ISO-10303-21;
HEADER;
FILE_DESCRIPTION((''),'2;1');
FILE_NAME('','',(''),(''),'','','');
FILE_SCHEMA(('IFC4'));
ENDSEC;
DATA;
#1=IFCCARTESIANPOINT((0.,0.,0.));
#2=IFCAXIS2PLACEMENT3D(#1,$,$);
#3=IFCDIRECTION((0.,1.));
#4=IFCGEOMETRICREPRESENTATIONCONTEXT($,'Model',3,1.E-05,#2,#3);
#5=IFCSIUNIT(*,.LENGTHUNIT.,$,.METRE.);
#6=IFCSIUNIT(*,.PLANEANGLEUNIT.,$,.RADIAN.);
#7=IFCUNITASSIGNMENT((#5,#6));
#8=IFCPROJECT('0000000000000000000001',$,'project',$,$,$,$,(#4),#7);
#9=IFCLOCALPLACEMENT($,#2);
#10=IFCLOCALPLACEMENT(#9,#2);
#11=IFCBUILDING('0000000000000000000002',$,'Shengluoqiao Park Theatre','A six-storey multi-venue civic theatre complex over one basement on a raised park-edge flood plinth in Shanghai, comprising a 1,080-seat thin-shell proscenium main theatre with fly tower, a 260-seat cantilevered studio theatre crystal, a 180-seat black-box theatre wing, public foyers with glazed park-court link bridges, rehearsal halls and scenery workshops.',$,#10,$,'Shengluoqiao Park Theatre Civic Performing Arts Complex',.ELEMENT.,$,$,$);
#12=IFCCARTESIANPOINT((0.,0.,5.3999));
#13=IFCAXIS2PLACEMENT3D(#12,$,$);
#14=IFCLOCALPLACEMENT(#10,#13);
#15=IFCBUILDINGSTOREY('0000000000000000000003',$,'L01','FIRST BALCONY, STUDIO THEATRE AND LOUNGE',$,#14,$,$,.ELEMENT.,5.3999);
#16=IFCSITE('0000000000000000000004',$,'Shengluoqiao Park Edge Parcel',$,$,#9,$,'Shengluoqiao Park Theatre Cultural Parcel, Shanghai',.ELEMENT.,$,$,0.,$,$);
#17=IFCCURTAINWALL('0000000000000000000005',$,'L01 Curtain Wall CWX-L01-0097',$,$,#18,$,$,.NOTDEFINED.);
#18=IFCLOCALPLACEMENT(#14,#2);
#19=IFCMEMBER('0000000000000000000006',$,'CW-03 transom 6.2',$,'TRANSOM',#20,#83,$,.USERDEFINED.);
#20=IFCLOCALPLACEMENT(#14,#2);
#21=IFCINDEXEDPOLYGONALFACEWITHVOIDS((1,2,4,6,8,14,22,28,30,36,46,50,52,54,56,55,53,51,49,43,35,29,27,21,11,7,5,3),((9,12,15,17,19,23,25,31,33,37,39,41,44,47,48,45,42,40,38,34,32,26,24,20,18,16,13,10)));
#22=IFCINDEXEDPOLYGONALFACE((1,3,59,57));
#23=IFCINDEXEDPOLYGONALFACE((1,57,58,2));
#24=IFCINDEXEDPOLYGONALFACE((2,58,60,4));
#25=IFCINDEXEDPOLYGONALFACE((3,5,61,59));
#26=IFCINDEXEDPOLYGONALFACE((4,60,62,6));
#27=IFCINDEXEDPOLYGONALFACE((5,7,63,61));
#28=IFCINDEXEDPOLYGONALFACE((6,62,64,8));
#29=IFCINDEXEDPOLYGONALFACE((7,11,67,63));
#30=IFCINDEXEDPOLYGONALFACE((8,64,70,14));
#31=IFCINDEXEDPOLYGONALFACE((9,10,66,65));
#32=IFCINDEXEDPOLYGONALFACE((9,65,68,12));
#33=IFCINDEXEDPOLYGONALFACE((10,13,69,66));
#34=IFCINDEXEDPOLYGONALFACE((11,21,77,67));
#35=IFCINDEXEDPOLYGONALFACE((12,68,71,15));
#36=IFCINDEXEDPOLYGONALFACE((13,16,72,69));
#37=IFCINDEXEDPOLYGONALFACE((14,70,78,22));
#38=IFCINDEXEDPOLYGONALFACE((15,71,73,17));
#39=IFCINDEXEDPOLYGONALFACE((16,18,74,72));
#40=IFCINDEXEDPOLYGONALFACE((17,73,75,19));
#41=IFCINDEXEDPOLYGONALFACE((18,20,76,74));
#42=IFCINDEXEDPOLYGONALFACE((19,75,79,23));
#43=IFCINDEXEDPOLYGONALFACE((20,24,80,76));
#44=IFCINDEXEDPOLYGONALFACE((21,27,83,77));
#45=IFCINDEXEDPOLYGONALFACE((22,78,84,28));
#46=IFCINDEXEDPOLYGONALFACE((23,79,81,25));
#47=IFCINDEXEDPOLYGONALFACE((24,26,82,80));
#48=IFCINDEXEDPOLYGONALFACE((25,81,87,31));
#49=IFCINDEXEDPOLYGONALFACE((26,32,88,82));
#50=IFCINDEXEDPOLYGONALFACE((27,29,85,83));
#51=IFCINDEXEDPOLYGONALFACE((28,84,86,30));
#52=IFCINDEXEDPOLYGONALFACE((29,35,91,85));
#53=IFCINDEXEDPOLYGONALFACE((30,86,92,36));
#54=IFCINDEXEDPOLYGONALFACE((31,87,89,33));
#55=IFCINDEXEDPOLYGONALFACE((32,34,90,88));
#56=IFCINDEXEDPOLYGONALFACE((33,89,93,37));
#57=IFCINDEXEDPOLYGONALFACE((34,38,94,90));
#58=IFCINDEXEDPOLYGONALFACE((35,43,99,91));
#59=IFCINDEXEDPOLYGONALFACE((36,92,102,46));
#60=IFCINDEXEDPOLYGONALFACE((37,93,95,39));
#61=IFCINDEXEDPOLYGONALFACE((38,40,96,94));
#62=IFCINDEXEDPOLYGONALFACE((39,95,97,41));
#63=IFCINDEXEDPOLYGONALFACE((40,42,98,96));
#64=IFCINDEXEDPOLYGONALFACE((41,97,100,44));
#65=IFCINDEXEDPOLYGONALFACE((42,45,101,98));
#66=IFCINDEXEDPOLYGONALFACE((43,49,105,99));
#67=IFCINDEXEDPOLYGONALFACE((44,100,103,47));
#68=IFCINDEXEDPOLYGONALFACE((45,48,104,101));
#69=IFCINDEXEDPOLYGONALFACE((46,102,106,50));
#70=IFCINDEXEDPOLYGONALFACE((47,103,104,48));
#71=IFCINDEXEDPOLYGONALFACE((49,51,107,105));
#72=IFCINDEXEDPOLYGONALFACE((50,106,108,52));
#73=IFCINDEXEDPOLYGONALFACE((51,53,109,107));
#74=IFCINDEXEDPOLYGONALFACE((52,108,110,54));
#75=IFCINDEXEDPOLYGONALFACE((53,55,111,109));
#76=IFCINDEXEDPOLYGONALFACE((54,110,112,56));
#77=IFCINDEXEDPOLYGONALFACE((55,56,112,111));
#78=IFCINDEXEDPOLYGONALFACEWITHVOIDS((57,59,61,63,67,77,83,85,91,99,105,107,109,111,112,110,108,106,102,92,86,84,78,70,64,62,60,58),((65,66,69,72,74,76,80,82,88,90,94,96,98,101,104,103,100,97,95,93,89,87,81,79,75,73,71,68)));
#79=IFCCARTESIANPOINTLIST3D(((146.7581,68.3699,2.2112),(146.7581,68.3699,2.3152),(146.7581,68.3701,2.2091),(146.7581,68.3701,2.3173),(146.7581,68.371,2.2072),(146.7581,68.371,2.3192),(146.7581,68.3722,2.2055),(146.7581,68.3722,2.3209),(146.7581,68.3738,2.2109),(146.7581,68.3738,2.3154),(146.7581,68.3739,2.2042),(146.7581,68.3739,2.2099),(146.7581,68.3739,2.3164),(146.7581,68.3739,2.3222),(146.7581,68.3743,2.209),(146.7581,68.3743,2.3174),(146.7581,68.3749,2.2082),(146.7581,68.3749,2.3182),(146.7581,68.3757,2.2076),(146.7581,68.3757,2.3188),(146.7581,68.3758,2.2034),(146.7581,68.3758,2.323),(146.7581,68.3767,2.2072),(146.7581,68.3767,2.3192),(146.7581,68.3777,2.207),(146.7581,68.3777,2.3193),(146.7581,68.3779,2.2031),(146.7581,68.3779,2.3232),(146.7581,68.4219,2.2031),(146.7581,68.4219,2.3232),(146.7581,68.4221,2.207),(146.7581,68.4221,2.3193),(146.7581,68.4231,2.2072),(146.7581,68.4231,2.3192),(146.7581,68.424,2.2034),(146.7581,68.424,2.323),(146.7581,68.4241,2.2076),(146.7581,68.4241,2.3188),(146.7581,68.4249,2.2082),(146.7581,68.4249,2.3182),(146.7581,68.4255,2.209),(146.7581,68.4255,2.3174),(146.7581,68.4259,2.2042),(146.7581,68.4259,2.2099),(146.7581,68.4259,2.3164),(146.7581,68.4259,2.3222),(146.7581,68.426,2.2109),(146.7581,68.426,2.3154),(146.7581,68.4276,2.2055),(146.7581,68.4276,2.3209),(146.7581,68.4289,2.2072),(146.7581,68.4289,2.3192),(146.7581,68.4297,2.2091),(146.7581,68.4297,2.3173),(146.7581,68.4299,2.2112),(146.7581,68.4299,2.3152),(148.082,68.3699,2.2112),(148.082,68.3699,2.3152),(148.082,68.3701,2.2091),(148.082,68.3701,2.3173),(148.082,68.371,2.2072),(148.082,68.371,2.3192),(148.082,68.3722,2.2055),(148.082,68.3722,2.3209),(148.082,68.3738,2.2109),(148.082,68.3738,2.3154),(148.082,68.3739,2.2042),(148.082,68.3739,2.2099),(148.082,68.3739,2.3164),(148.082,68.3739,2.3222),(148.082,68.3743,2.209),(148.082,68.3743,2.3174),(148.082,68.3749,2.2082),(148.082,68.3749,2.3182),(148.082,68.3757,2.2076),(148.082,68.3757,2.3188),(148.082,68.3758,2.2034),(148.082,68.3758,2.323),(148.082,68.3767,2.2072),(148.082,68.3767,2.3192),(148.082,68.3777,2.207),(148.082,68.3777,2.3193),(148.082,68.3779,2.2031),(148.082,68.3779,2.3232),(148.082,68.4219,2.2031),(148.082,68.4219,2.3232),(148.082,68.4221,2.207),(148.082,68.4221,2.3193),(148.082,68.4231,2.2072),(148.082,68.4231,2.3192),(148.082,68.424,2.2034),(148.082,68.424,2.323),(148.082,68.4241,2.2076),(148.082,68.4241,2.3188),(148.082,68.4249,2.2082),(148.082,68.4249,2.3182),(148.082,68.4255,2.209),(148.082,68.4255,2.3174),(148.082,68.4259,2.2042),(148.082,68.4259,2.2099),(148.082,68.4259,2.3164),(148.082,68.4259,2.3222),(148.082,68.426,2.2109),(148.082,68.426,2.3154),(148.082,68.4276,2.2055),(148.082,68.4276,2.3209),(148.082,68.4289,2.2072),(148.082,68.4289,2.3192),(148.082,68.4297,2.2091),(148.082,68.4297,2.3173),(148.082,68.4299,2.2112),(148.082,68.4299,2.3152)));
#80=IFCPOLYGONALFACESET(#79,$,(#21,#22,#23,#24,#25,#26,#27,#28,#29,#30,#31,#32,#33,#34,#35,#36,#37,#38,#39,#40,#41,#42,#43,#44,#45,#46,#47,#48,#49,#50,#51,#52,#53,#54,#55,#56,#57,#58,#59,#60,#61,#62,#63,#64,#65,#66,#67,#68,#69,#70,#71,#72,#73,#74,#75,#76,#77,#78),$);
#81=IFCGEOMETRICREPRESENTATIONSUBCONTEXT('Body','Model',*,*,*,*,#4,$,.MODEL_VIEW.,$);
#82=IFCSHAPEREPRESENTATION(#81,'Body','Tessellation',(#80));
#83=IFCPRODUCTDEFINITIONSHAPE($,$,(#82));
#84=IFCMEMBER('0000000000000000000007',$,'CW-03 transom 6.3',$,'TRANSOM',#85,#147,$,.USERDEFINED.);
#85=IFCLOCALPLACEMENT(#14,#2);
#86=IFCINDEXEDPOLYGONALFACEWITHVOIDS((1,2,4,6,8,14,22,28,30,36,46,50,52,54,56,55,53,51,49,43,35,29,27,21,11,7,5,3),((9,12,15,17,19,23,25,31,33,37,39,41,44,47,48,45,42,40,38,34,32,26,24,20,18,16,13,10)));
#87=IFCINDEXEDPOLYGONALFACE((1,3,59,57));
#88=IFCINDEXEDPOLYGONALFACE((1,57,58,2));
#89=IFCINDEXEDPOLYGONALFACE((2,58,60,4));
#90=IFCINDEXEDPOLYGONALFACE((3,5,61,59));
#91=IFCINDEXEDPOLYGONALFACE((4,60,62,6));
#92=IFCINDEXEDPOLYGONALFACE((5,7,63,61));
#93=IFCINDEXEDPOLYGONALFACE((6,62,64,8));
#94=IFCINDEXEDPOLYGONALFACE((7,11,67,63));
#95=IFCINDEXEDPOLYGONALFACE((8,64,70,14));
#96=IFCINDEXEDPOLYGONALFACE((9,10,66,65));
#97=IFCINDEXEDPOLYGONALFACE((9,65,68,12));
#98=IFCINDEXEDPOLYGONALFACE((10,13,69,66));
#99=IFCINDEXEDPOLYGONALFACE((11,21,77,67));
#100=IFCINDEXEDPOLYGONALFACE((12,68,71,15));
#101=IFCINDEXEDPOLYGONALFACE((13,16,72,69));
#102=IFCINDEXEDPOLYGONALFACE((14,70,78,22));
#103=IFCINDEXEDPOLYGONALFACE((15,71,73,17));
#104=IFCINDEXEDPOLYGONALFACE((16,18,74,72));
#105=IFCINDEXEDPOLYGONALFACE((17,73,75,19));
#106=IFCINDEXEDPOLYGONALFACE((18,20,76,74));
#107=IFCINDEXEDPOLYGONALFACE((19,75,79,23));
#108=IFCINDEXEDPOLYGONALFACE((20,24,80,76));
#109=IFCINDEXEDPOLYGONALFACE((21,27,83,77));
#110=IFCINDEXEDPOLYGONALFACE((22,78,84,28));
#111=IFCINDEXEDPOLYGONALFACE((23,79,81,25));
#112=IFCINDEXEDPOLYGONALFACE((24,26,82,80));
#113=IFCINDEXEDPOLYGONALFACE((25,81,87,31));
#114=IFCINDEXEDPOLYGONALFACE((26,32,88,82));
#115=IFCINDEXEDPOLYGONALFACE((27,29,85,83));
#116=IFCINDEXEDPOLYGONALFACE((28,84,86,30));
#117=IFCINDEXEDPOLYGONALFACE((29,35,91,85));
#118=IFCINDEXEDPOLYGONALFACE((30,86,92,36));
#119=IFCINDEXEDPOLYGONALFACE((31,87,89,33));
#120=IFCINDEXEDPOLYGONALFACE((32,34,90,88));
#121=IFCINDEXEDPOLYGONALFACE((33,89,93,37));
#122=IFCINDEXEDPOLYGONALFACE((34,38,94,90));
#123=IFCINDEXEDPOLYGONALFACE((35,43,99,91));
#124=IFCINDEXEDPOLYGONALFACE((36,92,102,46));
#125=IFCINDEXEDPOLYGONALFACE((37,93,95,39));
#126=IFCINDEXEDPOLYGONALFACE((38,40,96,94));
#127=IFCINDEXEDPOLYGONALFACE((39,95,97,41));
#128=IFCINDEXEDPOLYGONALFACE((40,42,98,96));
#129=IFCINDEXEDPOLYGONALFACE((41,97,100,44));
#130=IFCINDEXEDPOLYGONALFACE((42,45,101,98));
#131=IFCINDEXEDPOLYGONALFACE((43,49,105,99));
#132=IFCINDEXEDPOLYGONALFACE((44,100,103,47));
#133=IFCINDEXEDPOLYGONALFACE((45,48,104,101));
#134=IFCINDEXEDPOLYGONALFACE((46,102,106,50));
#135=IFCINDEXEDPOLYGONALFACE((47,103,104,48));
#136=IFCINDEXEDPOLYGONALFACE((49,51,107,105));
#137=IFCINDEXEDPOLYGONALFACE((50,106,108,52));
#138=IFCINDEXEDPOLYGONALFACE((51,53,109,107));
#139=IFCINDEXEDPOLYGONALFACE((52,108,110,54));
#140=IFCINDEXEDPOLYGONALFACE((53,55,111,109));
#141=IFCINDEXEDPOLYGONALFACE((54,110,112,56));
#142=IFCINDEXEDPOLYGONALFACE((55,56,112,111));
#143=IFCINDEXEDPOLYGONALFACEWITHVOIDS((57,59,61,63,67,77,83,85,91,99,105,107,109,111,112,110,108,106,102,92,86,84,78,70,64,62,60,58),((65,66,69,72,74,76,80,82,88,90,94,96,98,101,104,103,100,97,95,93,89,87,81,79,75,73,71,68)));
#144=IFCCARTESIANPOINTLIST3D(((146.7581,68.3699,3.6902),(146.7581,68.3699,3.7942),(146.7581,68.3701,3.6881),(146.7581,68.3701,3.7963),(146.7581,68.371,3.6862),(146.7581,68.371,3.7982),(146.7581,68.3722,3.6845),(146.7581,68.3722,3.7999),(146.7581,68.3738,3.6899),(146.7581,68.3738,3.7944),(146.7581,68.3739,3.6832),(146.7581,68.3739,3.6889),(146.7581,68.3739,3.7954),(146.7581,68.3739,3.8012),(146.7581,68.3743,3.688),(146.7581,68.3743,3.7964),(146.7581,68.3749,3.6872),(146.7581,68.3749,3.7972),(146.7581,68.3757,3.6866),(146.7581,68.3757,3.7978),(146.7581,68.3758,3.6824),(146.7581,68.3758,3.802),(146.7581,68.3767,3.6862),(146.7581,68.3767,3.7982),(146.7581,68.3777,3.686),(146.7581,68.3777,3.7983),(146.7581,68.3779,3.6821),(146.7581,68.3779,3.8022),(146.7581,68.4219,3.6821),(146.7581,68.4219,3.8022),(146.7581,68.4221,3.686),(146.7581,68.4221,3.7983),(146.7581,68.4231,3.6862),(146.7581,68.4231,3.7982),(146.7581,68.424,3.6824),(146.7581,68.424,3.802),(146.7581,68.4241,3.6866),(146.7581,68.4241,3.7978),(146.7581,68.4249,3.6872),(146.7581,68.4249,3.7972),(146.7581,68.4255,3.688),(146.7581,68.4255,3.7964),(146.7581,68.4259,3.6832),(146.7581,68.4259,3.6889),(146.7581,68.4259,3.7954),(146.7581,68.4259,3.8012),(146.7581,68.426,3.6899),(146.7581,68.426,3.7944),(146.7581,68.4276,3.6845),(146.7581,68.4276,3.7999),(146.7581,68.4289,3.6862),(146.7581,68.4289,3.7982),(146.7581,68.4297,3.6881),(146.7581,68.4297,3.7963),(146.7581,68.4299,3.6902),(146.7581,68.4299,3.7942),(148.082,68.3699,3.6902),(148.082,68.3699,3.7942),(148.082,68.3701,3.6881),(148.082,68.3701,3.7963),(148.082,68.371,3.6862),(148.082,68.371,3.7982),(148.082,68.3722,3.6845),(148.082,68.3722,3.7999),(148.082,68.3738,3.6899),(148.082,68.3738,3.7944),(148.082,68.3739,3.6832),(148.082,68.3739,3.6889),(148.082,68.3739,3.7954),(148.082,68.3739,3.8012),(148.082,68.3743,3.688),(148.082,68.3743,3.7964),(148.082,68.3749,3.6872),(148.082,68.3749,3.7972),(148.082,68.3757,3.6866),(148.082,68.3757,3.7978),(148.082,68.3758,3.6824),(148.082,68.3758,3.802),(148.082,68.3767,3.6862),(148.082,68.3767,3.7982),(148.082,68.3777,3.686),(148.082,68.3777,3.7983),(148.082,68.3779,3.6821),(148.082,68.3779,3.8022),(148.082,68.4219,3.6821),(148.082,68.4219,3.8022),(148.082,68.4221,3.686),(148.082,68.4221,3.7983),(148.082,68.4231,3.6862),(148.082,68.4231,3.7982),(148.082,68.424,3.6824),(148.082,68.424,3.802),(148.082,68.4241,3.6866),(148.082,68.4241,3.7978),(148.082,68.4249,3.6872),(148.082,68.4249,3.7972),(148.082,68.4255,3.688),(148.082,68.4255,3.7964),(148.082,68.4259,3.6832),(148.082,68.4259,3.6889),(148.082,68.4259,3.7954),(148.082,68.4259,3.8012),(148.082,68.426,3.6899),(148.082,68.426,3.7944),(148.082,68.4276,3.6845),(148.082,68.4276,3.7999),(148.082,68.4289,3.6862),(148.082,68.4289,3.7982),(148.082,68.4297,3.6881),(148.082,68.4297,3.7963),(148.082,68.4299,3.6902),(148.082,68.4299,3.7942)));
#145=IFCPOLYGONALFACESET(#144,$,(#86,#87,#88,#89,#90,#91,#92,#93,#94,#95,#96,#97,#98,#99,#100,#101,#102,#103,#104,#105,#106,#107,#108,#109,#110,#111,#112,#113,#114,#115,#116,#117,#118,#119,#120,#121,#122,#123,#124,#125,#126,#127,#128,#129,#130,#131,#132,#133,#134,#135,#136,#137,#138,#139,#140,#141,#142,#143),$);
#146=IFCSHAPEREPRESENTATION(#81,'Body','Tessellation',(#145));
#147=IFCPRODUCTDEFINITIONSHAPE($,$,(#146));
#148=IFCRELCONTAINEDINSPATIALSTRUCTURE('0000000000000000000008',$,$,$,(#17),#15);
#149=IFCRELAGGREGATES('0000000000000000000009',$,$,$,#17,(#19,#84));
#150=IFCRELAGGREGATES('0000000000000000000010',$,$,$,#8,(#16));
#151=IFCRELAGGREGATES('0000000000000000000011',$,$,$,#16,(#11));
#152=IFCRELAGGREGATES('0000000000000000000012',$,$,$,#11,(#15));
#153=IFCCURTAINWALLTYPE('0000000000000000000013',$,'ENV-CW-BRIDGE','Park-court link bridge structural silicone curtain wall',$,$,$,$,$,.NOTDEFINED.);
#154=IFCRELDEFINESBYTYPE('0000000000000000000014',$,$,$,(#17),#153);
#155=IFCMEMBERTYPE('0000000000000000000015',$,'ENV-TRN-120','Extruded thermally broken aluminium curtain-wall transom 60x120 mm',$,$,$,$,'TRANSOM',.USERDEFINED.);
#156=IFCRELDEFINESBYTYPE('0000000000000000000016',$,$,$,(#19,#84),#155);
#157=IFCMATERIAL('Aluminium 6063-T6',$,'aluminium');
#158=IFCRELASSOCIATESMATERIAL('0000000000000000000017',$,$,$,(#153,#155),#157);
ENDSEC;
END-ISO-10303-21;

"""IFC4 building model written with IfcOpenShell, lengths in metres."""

from ifc_helpers import new_model, si_unit, direction, frame, origin, origin_2d, place, context, subcontext, project, spatial, hollow_rectangle, extrude, material, material_profile, profile_set, type_object, element, aggregate, save


model = new_model("IFC4")

# Units and contexts
model_context = context("Model", 3, precision=1e-05, world=origin(), true_north=direction((0.0, 1.0)))
body_context = subcontext(model_context, "Body", "Model", "MODEL_VIEW")
ifc_project = project(units=[si_unit("LENGTHUNIT", "METRE"), si_unit("PLANEANGLEUNIT", "RADIAN")], contexts=[model_context])

# Site, building, storey
site_placement = place(None, origin())
site = spatial("IfcSite", under=ifc_project, at=site_placement, Name="Shengluoqiao Park Edge Parcel", LongName="Shengluoqiao Park Theatre Cultural Parcel, Shanghai", CompositionType="ELEMENT", RefElevation=0.0)
building_placement = place(site_placement, origin())
building = spatial("IfcBuilding", under=site, at=building_placement, Name="Shengluoqiao Park Theatre", Description="A six-storey multi-venue civic theatre complex over one basement on a raised park-edge flood plinth in Shanghai, comprising a 1,080-seat thin-shell proscenium main theatre with fly tower, a 260-seat cantilevered studio theatre crystal, a 180-seat black-box theatre wing, public foyers with glazed park-court link bridges, rehearsal halls and scenery workshops.", LongName="Shengluoqiao Park Theatre Civic Performing Arts Complex", CompositionType="ELEMENT")
storey_placement = place(building_placement, frame((0.0, 0.0, 5.3999)))
storey = spatial("IfcBuildingStorey", under=building, at=storey_placement, Name="L01", Description="FIRST BALCONY, STUDIO THEATRE AND LOUNGE", CompositionType="ELEMENT", Elevation=5.3999)

# Curtain wall
ifc_material_1 = material(Name="Aluminium 6063-T6", Category="aluminium")
curtain_wall_type = type_object("IfcCurtainWallType", Name="ENV-CW-BRIDGE", Description="Park-court link bridge structural silicone curtain wall", PredefinedType="NOTDEFINED", material=ifc_material_1)
curtain_wall_1_placement = place(storey_placement, origin())
curtain_wall_1 = element("IfcCurtainWall", 1, at=curtain_wall_1_placement, inside=storey, type_object=curtain_wall_type, Name="L01 Curtain Wall CWX-L01-0097", PredefinedType="NOTDEFINED")

# Members
ifc_material_profile_1 = material_profile(ifc_material_1, hollow_rectangle(XDim=0.0601, YDim=0.1201, WallThickness=0.0039, InnerFilletRadius=0.0039, OuterFilletRadius=0.0081, at=origin_2d()), Name="ALU TRANSOM 120x60x4")
ifc_profile_set_1 = profile_set([ifc_material_profile_1], Name="Aluminium 6063-T6")
member_type_1 = type_object("IfcMemberType", Name="ENV-TRN-120", Description="Extruded thermally broken aluminium curtain-wall transom 60x120 mm", ElementType="TRANSOM", PredefinedType="USERDEFINED", material=ifc_profile_set_1)
member_1_placement = place(storey_placement, frame((146.7581, 68.3999, 2.2632), z_axis=(1.0, 0.0, 0.0), x_axis=(0.0, 1.0, 0.0)))
member_1 = element("IfcMember", 2, at=member_1_placement, type_object=member_type_1, Name="CW-03 transom 6.2", ObjectType="TRANSOM", PredefinedType="USERDEFINED", context=body_context, shape_type="SweptSolid", body=[
    extrude(hollow_rectangle(XDim=0.0601, YDim=0.1201, WallThickness=0.0039, InnerFilletRadius=0.0039, OuterFilletRadius=0.0081, at=origin_2d()), origin(), (0.0, 0.0, 1.0), 1.324),
])
member_2_placement = place(storey_placement, frame((146.7581, 68.3999, 3.7422), z_axis=(1.0, 0.0, 0.0), x_axis=(0.0, 1.0, 0.0)))
member_2 = element("IfcMember", 3, at=member_2_placement, type_object=member_type_1, Name="CW-03 transom 6.3", ObjectType="TRANSOM", PredefinedType="USERDEFINED", context=body_context, shape_type="SweptSolid", body=[
    extrude(hollow_rectangle(XDim=0.0601, YDim=0.1201, WallThickness=0.0039, InnerFilletRadius=0.0039, OuterFilletRadius=0.0081, at=origin_2d()), origin(), (0.0, 0.0, 1.0), 1.324),
])

aggregate(curtain_wall_1, [member_1, member_2])

save(model, "model.ifc")
